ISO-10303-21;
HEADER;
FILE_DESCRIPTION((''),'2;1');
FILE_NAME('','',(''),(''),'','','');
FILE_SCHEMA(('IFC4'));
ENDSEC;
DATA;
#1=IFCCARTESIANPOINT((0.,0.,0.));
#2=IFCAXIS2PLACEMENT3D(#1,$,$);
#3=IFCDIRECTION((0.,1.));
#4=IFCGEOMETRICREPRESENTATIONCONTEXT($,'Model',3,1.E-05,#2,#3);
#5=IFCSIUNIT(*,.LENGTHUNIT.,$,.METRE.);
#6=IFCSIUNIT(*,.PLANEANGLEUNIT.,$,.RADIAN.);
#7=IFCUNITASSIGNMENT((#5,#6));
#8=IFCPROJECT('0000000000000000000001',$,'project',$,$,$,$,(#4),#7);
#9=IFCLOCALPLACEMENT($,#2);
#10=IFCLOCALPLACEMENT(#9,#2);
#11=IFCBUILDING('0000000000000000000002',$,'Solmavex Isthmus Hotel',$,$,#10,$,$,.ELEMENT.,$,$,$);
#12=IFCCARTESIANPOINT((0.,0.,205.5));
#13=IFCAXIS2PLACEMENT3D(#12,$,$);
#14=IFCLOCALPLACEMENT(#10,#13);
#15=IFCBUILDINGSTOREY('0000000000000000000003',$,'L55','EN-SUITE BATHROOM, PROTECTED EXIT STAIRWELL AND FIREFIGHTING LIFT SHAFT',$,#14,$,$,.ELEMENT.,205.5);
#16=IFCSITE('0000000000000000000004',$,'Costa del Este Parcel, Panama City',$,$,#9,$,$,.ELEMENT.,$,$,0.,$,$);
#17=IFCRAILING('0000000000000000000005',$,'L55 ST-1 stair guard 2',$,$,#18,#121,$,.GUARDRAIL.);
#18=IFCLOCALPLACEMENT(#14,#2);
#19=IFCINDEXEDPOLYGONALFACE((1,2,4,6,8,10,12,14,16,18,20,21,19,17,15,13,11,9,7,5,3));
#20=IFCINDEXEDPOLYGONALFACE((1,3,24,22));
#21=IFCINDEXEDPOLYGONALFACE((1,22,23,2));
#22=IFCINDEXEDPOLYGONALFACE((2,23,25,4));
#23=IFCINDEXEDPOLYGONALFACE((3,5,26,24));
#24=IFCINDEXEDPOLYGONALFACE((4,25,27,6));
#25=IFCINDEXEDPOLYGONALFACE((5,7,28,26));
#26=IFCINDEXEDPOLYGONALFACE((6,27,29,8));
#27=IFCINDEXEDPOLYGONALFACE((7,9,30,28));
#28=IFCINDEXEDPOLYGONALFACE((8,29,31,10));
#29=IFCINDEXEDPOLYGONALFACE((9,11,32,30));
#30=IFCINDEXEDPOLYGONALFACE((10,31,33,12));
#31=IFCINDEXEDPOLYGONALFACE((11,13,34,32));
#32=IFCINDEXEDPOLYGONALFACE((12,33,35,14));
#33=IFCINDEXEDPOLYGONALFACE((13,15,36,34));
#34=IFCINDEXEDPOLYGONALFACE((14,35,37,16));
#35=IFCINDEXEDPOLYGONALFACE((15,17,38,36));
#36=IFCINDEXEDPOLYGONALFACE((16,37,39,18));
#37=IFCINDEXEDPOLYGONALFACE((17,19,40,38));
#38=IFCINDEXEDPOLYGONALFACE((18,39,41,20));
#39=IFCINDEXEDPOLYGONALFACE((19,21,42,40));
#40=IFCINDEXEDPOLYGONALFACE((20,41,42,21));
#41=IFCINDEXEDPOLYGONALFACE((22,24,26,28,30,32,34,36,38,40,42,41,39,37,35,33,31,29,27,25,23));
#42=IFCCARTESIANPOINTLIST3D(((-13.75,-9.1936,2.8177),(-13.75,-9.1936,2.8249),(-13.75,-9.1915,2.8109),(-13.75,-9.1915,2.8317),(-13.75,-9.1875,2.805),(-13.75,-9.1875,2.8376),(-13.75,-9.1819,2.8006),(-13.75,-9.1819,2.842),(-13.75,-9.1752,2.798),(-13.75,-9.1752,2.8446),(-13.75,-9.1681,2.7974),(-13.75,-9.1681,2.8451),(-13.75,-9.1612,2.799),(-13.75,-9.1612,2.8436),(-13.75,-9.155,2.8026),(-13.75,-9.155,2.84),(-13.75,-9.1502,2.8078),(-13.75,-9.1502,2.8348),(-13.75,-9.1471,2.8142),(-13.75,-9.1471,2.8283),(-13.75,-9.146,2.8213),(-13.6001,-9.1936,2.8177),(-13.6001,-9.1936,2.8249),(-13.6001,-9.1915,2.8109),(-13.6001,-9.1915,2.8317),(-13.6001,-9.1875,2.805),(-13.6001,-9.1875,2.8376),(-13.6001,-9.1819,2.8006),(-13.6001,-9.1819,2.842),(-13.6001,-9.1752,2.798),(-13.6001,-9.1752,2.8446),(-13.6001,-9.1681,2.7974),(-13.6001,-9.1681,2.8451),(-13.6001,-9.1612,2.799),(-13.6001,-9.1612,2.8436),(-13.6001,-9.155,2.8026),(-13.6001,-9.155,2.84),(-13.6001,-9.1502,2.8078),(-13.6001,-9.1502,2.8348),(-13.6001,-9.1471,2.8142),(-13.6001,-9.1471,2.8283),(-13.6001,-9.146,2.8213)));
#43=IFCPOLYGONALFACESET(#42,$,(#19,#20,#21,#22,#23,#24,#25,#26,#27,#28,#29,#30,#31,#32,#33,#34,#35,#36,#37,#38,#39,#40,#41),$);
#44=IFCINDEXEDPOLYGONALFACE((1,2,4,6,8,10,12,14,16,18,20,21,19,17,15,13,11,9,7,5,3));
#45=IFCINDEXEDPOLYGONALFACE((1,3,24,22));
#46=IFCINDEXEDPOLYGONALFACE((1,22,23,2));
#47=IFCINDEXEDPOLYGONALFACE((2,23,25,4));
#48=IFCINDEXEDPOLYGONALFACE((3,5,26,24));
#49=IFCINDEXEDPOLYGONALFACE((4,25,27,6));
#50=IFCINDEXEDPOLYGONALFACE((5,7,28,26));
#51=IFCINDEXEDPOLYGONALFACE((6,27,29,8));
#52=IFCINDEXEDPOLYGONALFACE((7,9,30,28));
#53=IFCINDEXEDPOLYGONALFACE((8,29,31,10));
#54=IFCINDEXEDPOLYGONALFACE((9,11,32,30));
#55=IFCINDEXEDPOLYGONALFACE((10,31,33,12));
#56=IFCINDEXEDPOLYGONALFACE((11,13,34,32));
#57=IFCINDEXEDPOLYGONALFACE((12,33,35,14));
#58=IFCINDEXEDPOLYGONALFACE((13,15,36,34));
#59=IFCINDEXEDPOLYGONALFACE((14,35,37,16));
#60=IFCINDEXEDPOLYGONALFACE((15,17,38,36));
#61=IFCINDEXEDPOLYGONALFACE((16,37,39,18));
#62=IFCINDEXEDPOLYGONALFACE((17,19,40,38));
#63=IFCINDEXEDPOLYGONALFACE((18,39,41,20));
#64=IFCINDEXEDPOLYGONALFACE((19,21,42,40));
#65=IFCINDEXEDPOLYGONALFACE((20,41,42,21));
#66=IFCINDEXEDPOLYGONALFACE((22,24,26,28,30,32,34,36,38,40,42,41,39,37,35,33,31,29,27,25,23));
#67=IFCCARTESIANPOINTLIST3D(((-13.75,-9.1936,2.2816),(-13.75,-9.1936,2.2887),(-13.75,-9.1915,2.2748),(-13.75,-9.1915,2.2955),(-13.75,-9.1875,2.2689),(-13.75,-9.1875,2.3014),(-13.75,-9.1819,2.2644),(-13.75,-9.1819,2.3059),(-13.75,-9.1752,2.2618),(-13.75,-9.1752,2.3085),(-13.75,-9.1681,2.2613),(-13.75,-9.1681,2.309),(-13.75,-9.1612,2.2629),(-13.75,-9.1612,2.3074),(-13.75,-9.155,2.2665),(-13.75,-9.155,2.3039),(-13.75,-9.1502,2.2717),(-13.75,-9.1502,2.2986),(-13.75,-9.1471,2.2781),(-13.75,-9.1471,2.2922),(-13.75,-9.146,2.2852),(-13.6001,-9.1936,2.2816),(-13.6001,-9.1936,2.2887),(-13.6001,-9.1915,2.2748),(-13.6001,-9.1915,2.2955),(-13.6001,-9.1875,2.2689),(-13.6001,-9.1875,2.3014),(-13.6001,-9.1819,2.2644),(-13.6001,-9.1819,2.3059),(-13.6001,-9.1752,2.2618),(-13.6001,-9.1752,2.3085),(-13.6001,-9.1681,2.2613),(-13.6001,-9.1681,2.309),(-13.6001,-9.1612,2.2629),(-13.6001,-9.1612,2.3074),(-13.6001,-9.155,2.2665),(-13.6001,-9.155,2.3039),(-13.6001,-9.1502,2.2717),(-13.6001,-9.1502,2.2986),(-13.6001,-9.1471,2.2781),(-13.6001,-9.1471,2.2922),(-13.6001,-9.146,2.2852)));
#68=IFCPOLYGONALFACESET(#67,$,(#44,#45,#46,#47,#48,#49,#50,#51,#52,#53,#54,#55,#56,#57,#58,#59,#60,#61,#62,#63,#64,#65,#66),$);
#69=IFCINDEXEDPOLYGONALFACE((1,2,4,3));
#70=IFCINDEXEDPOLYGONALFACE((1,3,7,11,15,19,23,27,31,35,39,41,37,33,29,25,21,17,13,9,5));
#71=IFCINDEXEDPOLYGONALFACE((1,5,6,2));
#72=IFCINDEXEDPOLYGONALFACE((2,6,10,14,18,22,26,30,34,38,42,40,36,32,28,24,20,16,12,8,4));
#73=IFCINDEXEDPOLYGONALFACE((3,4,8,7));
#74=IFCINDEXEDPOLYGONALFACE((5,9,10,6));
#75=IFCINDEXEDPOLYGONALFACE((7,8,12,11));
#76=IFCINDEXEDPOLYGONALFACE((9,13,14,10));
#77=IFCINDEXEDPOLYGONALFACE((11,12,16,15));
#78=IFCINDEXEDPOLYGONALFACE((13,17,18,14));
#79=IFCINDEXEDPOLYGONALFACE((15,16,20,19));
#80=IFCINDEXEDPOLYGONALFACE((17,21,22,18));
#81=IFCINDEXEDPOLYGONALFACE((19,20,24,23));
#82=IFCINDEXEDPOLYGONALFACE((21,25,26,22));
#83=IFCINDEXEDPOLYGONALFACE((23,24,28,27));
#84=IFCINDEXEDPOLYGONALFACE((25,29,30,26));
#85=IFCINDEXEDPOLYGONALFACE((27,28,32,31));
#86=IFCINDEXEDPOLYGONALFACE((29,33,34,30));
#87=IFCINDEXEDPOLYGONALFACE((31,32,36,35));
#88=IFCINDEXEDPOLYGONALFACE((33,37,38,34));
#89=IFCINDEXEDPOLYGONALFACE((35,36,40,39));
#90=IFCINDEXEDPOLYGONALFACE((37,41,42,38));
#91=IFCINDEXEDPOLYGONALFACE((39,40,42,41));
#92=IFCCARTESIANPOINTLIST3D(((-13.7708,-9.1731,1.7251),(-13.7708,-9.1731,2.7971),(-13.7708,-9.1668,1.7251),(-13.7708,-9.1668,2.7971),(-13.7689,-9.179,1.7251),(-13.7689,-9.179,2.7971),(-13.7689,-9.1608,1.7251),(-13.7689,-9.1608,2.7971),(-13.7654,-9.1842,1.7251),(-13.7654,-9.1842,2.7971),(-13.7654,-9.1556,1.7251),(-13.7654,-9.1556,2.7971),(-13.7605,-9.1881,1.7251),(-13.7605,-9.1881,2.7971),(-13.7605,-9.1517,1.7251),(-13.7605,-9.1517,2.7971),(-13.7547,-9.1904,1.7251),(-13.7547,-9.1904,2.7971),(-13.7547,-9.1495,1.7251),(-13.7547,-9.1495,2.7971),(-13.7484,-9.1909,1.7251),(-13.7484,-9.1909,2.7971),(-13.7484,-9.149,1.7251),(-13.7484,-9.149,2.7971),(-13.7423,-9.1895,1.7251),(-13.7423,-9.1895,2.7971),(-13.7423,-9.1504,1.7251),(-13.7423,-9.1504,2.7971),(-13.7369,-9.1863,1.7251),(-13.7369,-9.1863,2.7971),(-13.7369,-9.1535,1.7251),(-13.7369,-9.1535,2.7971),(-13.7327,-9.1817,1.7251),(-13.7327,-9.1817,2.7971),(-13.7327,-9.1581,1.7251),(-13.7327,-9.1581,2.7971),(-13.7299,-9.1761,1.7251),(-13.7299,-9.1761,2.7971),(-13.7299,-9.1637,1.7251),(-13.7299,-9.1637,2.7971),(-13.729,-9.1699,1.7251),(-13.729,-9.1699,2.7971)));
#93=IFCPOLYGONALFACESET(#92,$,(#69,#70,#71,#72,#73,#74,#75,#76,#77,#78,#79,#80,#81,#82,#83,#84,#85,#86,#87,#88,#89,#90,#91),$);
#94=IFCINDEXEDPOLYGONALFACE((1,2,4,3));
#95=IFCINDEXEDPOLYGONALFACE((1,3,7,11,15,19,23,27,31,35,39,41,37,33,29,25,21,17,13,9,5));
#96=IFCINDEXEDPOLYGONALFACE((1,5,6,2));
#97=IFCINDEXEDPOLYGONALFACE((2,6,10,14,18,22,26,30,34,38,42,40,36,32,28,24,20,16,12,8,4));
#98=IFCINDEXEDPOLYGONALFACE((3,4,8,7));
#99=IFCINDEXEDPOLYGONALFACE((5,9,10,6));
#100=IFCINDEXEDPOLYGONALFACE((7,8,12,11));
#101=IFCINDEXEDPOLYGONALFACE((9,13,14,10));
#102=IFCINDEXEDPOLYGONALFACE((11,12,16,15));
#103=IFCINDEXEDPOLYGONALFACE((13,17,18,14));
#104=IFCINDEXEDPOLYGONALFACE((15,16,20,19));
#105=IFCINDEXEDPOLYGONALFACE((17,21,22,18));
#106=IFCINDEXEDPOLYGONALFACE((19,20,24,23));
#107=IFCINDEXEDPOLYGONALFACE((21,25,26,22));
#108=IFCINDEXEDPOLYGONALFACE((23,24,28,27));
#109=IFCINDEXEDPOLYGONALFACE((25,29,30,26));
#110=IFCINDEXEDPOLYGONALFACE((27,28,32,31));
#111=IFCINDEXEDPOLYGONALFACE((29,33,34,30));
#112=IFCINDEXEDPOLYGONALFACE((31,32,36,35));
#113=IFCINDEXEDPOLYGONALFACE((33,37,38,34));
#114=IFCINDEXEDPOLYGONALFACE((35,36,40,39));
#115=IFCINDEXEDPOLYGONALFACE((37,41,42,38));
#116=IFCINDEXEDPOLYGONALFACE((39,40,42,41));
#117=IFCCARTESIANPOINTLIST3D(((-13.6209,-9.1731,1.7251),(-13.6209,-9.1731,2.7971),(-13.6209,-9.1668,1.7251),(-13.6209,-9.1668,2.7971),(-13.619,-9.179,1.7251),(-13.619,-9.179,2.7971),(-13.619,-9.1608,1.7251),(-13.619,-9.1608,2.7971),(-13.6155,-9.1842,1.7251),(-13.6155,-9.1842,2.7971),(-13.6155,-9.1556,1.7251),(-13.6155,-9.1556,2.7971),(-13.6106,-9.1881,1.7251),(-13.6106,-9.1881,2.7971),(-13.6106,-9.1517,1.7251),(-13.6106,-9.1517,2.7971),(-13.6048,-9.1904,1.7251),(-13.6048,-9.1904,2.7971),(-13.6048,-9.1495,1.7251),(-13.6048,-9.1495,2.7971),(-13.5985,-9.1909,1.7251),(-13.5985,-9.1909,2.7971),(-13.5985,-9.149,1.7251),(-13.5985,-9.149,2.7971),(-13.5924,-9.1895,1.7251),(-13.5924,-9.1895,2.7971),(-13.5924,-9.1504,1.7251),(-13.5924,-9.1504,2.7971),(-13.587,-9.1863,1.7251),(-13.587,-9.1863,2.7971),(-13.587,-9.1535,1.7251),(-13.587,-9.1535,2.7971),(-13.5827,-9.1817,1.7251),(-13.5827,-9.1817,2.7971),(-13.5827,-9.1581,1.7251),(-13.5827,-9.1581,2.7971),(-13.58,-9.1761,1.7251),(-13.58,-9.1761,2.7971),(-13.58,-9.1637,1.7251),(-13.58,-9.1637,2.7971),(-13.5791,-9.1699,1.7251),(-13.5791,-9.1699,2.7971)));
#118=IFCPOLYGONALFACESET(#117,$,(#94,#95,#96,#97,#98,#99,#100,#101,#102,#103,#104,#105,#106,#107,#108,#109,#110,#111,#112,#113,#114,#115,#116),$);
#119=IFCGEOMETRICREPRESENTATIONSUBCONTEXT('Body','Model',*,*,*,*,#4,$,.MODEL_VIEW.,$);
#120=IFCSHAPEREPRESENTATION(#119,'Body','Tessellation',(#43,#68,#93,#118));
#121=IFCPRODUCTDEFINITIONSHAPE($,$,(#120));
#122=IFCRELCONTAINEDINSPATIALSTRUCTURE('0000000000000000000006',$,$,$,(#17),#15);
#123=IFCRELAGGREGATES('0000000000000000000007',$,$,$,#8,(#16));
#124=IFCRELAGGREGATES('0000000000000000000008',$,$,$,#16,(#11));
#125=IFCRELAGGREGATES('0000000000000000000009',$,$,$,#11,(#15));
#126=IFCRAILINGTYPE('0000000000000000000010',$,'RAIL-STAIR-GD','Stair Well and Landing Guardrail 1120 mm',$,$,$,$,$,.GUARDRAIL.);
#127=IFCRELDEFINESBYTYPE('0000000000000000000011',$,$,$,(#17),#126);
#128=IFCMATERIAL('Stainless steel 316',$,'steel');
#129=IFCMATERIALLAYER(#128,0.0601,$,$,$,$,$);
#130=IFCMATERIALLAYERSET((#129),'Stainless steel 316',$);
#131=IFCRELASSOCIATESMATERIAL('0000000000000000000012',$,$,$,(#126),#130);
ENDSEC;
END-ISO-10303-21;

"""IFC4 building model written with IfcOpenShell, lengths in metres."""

from ifc_helpers import new_model, si_unit, direction, frame, origin, origin_2d, place, context, subcontext, project, spatial, circle, extrude, material, layer, layer_set, type_object, element, save


model = new_model("IFC4")

# Units and contexts
model_context = context("Model", 3, precision=1e-05, world=origin(), true_north=direction((0.0, 1.0)))
body_context = subcontext(model_context, "Body", "Model", "MODEL_VIEW")
ifc_project = project(units=[si_unit("LENGTHUNIT", "METRE"), si_unit("PLANEANGLEUNIT", "RADIAN")], contexts=[model_context])

# Site, building, storey
site_placement = place(None, origin())
site = spatial("IfcSite", under=ifc_project, at=site_placement, Name="Costa del Este Parcel, Panama City", CompositionType="ELEMENT", RefElevation=0.0)
building_placement = place(site_placement, origin())
building = spatial("IfcBuilding", under=site, at=building_placement, Name="Solmavex Isthmus Hotel", CompositionType="ELEMENT")
storey_placement = place(building_placement, frame((0.0, 0.0, 205.5)))
storey = spatial("IfcBuildingStorey", under=building, at=storey_placement, Name="L55", Description="EN-SUITE BATHROOM, PROTECTED EXIT STAIRWELL AND FIREFIGHTING LIFT SHAFT", CompositionType="ELEMENT", Elevation=205.5)

# Railing
ifc_material_1 = material(Name="Stainless steel 316", Category="steel")
ifc_layer_1 = layer(ifc_material_1, 0.0601)
ifc_layer_set_1 = layer_set([ifc_layer_1], Name="Stainless steel 316")
railing_type = type_object("IfcRailingType", Name="RAIL-STAIR-GD", Description="Stair Well and Landing Guardrail 1120 mm", PredefinedType="GUARDRAIL", material=ifc_layer_set_1)
railing_placement = place(storey_placement, frame((-13.75, -9.1699, 1.7251)))
element("IfcRailing", 1, at=railing_placement, inside=storey, type_object=railing_type, Name="L55 ST-1 stair guard 2", PredefinedType="GUARDRAIL", context=body_context, shape_type="SweptSolid", body=[
    extrude(circle(Radius=0.0239, at=origin_2d()), frame((0.0, 0.0, 1.0962), z_axis=(1.0, 0.0, 0.0), x_axis=(0.0, 1.0, 0.0)), (0.0, 0.0, 1.0), 0.1499),
    extrude(circle(Radius=0.0239, at=origin_2d()), frame((0.0, 0.0, 0.5601), z_axis=(1.0, 0.0, 0.0), x_axis=(0.0, 1.0, 0.0)), (0.0, 0.0, 1.0), 0.1499),
    extrude(circle(Radius=0.021, at=origin_2d()), origin(), (0.0, 0.0, 1.0), 1.072),
    extrude(circle(Radius=0.021, at=origin_2d()), frame((0.1499, 0.0, 0.0)), (0.0, 0.0, 1.0), 1.072),
])

save(model, "model.ifc")
